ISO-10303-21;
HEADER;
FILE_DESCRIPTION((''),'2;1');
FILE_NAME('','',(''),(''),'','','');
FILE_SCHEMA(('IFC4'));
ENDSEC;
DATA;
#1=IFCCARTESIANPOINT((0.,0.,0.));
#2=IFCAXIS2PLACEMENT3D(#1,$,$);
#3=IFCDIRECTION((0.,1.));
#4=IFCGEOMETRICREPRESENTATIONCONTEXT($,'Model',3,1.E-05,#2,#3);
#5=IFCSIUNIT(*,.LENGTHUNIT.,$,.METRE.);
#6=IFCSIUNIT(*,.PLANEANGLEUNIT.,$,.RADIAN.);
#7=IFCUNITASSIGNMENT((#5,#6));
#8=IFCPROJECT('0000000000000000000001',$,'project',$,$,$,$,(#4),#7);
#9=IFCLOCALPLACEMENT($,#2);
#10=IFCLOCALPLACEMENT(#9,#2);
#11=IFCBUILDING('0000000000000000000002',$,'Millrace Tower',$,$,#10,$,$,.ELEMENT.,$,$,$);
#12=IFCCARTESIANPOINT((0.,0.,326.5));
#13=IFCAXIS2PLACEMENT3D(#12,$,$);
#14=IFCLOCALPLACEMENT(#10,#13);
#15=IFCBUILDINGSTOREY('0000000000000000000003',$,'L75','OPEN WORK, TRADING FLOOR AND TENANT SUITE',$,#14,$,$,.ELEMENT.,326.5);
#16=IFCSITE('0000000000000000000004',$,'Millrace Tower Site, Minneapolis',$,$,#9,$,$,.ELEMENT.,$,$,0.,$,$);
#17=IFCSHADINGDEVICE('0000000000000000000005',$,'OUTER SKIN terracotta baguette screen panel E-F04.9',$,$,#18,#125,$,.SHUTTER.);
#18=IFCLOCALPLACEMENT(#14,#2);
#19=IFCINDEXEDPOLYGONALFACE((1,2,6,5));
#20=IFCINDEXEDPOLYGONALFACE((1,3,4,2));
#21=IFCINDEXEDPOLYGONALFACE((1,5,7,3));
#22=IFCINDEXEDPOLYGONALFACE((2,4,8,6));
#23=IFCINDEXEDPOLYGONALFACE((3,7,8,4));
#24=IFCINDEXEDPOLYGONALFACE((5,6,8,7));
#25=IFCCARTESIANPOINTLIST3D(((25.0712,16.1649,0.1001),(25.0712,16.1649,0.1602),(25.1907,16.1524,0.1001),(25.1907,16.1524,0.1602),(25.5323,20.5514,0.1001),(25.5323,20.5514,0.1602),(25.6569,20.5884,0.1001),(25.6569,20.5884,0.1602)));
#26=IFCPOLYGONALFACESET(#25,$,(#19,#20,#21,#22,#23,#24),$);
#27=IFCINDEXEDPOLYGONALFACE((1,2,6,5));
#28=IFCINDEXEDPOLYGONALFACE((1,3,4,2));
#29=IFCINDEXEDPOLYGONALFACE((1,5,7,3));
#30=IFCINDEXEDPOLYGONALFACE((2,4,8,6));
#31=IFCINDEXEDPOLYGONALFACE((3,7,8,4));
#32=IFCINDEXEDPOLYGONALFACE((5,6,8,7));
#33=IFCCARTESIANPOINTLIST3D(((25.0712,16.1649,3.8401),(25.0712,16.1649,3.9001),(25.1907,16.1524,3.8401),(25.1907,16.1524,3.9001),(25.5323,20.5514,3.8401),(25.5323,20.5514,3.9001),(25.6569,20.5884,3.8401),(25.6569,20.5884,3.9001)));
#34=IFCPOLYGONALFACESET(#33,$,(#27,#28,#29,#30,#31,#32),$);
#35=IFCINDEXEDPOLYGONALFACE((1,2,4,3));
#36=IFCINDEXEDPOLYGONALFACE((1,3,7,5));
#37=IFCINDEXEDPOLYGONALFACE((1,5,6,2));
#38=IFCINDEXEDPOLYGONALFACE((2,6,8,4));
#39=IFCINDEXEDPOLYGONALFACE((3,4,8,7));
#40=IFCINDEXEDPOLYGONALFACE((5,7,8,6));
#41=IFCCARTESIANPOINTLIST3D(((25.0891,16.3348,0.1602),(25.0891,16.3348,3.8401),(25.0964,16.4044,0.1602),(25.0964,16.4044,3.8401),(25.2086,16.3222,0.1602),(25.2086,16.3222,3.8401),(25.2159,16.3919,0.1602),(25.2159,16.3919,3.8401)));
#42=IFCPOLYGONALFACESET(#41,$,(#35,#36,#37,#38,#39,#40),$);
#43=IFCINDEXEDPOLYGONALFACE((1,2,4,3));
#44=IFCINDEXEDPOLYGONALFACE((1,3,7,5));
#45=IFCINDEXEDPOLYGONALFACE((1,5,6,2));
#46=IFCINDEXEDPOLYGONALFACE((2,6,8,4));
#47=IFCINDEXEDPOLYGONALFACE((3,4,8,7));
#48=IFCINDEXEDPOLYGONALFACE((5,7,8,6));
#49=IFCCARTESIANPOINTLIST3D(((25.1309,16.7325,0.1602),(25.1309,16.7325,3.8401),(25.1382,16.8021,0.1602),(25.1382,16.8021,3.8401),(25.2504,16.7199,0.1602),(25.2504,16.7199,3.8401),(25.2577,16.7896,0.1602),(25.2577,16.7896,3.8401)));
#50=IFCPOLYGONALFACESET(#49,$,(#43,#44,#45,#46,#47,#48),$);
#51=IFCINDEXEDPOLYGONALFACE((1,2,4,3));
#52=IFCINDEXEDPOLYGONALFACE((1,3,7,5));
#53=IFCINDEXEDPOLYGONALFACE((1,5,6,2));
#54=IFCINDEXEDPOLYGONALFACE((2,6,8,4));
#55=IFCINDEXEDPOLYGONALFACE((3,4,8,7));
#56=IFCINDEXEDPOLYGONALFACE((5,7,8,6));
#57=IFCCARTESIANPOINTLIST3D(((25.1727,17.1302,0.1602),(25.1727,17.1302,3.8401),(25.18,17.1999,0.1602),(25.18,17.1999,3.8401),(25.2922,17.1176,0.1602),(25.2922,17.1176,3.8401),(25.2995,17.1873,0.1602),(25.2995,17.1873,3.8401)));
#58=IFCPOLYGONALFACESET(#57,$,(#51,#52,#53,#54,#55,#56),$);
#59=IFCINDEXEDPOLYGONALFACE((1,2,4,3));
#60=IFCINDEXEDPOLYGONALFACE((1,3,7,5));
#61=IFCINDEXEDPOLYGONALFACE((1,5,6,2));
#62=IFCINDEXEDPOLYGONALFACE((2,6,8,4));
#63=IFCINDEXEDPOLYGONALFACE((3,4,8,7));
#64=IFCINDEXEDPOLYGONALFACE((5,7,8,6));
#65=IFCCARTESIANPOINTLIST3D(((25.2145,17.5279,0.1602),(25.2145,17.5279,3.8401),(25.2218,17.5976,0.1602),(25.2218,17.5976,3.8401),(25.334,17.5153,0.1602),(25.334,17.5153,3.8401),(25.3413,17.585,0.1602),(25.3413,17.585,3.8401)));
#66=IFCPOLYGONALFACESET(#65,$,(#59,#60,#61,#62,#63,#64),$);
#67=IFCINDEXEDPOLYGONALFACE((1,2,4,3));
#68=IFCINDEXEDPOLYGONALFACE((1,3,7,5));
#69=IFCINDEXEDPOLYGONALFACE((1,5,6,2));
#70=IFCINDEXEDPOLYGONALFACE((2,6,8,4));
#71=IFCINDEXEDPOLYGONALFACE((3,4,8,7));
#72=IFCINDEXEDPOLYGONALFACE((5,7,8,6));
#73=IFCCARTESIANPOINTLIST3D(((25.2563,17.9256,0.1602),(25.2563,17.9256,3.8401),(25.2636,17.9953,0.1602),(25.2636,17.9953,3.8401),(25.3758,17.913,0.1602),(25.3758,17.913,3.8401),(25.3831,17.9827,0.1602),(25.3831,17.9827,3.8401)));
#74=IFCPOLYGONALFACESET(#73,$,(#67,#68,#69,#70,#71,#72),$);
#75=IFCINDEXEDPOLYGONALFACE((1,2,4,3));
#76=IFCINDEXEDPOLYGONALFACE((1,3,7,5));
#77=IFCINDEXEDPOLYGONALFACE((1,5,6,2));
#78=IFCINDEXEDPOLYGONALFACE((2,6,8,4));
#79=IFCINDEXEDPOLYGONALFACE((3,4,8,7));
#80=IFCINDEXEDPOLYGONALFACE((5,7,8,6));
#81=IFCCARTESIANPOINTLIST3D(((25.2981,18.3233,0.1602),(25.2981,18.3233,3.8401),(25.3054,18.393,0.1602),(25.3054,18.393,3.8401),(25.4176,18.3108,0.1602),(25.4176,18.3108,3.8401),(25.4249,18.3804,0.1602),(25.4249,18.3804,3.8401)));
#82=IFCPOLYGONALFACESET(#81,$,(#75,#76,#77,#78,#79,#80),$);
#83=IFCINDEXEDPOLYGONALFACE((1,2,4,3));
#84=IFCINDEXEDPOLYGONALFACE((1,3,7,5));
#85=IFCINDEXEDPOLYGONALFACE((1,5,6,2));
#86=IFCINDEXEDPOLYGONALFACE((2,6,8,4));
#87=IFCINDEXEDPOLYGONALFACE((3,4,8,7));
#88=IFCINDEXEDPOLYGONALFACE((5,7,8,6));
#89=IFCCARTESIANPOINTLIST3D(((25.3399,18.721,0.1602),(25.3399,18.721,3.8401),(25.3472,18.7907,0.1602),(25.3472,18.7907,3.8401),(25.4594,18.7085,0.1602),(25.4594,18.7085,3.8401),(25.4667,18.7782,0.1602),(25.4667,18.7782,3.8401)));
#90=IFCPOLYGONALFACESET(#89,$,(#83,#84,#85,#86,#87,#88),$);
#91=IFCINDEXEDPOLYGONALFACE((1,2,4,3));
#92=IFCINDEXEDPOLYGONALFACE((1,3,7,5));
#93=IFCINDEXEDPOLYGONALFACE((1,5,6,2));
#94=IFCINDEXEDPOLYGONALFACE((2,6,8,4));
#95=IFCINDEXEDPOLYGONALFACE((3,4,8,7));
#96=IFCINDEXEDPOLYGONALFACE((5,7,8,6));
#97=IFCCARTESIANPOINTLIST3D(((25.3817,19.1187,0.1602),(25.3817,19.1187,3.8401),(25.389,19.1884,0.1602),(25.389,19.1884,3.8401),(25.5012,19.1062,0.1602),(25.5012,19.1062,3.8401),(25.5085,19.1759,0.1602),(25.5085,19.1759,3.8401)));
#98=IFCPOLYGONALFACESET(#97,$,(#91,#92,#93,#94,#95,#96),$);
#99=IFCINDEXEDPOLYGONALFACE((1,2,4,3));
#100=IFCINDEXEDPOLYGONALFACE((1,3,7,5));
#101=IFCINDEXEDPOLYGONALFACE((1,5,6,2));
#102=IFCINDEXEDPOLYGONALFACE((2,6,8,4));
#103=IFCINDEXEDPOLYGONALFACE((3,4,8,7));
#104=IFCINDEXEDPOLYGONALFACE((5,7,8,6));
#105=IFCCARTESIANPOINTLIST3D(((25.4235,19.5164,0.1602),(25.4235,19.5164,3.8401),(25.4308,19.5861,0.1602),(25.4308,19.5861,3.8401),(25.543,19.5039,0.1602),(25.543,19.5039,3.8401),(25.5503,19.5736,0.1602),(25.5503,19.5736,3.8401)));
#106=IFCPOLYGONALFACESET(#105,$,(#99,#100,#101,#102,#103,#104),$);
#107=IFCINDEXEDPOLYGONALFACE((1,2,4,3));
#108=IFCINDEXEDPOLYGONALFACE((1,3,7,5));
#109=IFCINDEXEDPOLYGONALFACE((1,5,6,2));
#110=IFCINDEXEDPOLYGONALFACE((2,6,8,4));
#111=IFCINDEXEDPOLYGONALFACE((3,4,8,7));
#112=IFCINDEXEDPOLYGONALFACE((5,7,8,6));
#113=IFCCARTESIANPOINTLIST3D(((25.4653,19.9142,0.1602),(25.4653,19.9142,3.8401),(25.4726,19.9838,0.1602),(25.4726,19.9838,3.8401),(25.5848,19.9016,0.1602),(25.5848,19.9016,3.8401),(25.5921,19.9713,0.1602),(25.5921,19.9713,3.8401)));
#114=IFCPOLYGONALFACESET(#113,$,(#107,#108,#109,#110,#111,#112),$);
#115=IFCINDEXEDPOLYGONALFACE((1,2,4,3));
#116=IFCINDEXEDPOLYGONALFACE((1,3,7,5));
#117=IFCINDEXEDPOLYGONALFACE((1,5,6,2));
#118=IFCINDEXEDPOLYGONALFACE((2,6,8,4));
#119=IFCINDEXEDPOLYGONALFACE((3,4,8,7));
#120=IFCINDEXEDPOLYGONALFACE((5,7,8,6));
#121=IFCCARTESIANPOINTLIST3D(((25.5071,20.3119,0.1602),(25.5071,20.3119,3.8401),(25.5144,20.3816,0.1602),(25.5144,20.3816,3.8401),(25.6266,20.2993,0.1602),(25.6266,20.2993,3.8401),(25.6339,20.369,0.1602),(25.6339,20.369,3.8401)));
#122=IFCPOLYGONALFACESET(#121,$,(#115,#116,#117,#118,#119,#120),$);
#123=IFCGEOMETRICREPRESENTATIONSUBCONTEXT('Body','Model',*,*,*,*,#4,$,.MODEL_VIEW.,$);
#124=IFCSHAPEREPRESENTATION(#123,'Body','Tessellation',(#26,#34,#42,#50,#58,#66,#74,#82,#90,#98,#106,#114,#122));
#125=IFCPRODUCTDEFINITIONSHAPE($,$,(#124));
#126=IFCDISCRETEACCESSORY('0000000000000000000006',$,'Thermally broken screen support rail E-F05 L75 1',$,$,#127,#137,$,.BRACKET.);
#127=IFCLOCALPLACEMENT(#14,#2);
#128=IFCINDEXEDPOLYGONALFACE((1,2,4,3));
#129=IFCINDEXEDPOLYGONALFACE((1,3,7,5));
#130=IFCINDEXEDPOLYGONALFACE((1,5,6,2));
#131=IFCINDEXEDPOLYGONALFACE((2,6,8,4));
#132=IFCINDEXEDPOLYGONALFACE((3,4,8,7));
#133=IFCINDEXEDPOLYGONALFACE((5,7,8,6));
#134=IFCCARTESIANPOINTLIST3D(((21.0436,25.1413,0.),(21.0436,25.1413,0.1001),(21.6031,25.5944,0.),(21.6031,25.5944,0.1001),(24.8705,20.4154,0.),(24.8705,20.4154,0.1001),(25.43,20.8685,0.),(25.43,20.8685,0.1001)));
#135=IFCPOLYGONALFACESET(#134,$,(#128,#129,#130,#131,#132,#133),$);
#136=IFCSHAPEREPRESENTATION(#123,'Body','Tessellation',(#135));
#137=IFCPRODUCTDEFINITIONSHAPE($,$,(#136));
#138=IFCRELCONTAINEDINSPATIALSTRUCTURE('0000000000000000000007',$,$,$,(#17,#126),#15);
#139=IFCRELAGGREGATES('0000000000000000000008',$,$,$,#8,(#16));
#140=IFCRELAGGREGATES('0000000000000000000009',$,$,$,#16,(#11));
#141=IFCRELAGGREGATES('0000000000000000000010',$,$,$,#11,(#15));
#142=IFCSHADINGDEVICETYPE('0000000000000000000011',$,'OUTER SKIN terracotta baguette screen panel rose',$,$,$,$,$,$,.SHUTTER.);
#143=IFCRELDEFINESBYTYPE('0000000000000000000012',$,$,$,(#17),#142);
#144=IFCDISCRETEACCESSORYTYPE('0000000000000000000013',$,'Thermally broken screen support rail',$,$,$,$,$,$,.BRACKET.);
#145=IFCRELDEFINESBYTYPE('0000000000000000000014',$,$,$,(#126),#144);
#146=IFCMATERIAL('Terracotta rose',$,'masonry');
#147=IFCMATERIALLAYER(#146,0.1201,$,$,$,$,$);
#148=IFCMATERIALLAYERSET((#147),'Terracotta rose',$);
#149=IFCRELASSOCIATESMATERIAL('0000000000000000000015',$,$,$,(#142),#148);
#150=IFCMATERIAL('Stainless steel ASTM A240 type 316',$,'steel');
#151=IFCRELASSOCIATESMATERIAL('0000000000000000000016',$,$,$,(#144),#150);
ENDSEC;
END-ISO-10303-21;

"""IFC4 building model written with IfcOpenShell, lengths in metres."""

from ifc_helpers import new_model, entity, si_unit, direction, frame, frame_2d, origin, origin_2d, place, context, subcontext, project, spatial, rectangle, extrude, source, transform, mapped, material, layer, layer_set, type_object, element, save


model = new_model("IFC4")

# Units and contexts
model_context = context("Model", 3, precision=1e-05, world=origin(), true_north=direction((0.0, 1.0)))
body_context = subcontext(model_context, "Body", "Model", "MODEL_VIEW")
ifc_project = project(units=[si_unit("LENGTHUNIT", "METRE"), si_unit("PLANEANGLEUNIT", "RADIAN")], contexts=[model_context])

# Site, building, storey
site_placement = place(None, origin())
site = spatial("IfcSite", under=ifc_project, at=site_placement, Name="Millrace Tower Site, Minneapolis", CompositionType="ELEMENT", RefElevation=0.0)
building_placement = place(site_placement, origin())
building = spatial("IfcBuilding", under=site, at=building_placement, Name="Millrace Tower", CompositionType="ELEMENT")
storey_placement = place(building_placement, frame((0.0, 0.0, 326.5)))
storey = spatial("IfcBuildingStorey", under=building, at=storey_placement, Name="L75", Description="OPEN WORK, TRADING FLOOR AND TENANT SUITE", CompositionType="ELEMENT", Elevation=326.5)

# Shading device
ifc_material_1 = material(Name="Terracotta rose", Category="masonry")
ifc_layer_1 = layer(ifc_material_1, 0.1201)
ifc_layer_set_1 = layer_set([ifc_layer_1], Name="Terracotta rose")
shading_device_type = type_object("IfcShadingDeviceType", Name="OUTER SKIN terracotta baguette screen panel rose", PredefinedType="SHUTTER", material=ifc_layer_set_1)
cartesian_point_1 = entity("IfcCartesianPoint", [-2.2178, 0.0601])
shared_polyline_1 = entity("IfcPolyline", [cartesian_point_1, entity("IfcCartesianPoint", [2.1929, 0.0601]), entity("IfcCartesianPoint", [2.2427, -0.0601]), entity("IfcCartesianPoint", [-2.2178, -0.0601]), cartesian_point_1])
shared_shape_1 = source(origin(), body_context, "Body", "SweptSolid", [
    entity("IfcExtrudedAreaSolid", entity("IfcArbitraryClosedProfileDef", "AREA", None, shared_polyline_1), entity("IfcAxis2Placement3D", entity("IfcCartesianPoint", [0.0, 0.0, 0.0])), entity("IfcDirection", [0.0, 0.0, 1.0]), 0.0601),
    entity("IfcExtrudedAreaSolid", entity("IfcArbitraryClosedProfileDef", "AREA", None, shared_polyline_1), entity("IfcAxis2Placement3D", entity("IfcCartesianPoint", [0.0, 0.0, 3.74])), entity("IfcDirection", [0.0, 0.0, 1.0]), 0.0601),
    extrude(rectangle(XDim=0.0701, YDim=0.1201, at=frame_2d((-2.012, 0.0))), frame((0.0, 0.0, 0.0601)), (0.0, 0.0, 1.0), 3.6799),
    extrude(rectangle(XDim=0.0701, YDim=0.1201, at=frame_2d((-1.6121, 0.0))), frame((0.0, 0.0, 0.0601)), (0.0, 0.0, 1.0), 3.6799),
    extrude(rectangle(XDim=0.0701, YDim=0.1201, at=frame_2d((-1.2122, 0.0))), frame((0.0, 0.0, 0.0601)), (0.0, 0.0, 1.0), 3.6799),
    extrude(rectangle(XDim=0.0701, YDim=0.1201, at=frame_2d((-0.8123, 0.0))), frame((0.0, 0.0, 0.0601)), (0.0, 0.0, 1.0), 3.6799),
    extrude(rectangle(XDim=0.0701, YDim=0.1201, at=frame_2d((-0.4124, 0.0))), frame((0.0, 0.0, 0.0601)), (0.0, 0.0, 1.0), 3.6799),
    extrude(rectangle(XDim=0.0701, YDim=0.1201, at=frame_2d((-0.0125, 0.0))), frame((0.0, 0.0, 0.0601)), (0.0, 0.0, 1.0), 3.6799),
    extrude(rectangle(XDim=0.0701, YDim=0.1201, at=frame_2d((0.3875, 0.0))), frame((0.0, 0.0, 0.0601)), (0.0, 0.0, 1.0), 3.6799),
    extrude(rectangle(XDim=0.0701, YDim=0.1201, at=frame_2d((0.7874, 0.0))), frame((0.0, 0.0, 0.0601)), (0.0, 0.0, 1.0), 3.6799),
    extrude(rectangle(XDim=0.0701, YDim=0.1201, at=frame_2d((1.1873, 0.0))), frame((0.0, 0.0, 0.0601)), (0.0, 0.0, 1.0), 3.6799),
    extrude(rectangle(XDim=0.0701, YDim=0.1201, at=frame_2d((1.5872, 0.0))), frame((0.0, 0.0, 0.0601)), (0.0, 0.0, 1.0), 3.6799),
    extrude(rectangle(XDim=0.0701, YDim=0.1201, at=frame_2d((1.9871, 0.0))), frame((0.0, 0.0, 0.0601)), (0.0, 0.0, 1.0), 3.6799),
])
shading_device_1_placement = place(storey_placement, frame((25.3628, 18.3643, 0.1001), z_axis=(0.0, 0.0, 1.0), x_axis=(0.104528, 0.994522, 0.0)))
element("IfcShadingDevice", 1, at=shading_device_1_placement, inside=storey, type_object=shading_device_type, Name="OUTER SKIN terracotta baguette screen panel E-F04.9", PredefinedType="SHUTTER", context=body_context, shape_type="MappedRepresentation", body=[
    mapped(shared_shape_1, transform((0.0, 0.0, 0.0), scale=1.0)),
])

# Discrete accessory
ifc_material_2 = material(Name="Stainless steel ASTM A240 type 316", Category="steel")
discrete_accessory_type = type_object("IfcDiscreteAccessoryType", Name="Thermally broken screen support rail", PredefinedType="BRACKET", material=ifc_material_2)
discrete_accessory_placement = place(storey_placement, frame((23.2368, 23.0049, 0.0), z_axis=(0.0, 0.0, 1.0), x_axis=(-0.62932, 0.777146, 0.0)))
element("IfcDiscreteAccessory", 2, at=discrete_accessory_placement, inside=storey, type_object=discrete_accessory_type, Name="Thermally broken screen support rail E-F05 L75 1", PredefinedType="BRACKET", context=body_context, shape_type="SweptSolid", body=[
    extrude(rectangle(XDim=6.0811, YDim=0.72, at=origin_2d()), origin(), (0.0, 0.0, 1.0), 0.1001),
])

save(model, "model.ifc")
